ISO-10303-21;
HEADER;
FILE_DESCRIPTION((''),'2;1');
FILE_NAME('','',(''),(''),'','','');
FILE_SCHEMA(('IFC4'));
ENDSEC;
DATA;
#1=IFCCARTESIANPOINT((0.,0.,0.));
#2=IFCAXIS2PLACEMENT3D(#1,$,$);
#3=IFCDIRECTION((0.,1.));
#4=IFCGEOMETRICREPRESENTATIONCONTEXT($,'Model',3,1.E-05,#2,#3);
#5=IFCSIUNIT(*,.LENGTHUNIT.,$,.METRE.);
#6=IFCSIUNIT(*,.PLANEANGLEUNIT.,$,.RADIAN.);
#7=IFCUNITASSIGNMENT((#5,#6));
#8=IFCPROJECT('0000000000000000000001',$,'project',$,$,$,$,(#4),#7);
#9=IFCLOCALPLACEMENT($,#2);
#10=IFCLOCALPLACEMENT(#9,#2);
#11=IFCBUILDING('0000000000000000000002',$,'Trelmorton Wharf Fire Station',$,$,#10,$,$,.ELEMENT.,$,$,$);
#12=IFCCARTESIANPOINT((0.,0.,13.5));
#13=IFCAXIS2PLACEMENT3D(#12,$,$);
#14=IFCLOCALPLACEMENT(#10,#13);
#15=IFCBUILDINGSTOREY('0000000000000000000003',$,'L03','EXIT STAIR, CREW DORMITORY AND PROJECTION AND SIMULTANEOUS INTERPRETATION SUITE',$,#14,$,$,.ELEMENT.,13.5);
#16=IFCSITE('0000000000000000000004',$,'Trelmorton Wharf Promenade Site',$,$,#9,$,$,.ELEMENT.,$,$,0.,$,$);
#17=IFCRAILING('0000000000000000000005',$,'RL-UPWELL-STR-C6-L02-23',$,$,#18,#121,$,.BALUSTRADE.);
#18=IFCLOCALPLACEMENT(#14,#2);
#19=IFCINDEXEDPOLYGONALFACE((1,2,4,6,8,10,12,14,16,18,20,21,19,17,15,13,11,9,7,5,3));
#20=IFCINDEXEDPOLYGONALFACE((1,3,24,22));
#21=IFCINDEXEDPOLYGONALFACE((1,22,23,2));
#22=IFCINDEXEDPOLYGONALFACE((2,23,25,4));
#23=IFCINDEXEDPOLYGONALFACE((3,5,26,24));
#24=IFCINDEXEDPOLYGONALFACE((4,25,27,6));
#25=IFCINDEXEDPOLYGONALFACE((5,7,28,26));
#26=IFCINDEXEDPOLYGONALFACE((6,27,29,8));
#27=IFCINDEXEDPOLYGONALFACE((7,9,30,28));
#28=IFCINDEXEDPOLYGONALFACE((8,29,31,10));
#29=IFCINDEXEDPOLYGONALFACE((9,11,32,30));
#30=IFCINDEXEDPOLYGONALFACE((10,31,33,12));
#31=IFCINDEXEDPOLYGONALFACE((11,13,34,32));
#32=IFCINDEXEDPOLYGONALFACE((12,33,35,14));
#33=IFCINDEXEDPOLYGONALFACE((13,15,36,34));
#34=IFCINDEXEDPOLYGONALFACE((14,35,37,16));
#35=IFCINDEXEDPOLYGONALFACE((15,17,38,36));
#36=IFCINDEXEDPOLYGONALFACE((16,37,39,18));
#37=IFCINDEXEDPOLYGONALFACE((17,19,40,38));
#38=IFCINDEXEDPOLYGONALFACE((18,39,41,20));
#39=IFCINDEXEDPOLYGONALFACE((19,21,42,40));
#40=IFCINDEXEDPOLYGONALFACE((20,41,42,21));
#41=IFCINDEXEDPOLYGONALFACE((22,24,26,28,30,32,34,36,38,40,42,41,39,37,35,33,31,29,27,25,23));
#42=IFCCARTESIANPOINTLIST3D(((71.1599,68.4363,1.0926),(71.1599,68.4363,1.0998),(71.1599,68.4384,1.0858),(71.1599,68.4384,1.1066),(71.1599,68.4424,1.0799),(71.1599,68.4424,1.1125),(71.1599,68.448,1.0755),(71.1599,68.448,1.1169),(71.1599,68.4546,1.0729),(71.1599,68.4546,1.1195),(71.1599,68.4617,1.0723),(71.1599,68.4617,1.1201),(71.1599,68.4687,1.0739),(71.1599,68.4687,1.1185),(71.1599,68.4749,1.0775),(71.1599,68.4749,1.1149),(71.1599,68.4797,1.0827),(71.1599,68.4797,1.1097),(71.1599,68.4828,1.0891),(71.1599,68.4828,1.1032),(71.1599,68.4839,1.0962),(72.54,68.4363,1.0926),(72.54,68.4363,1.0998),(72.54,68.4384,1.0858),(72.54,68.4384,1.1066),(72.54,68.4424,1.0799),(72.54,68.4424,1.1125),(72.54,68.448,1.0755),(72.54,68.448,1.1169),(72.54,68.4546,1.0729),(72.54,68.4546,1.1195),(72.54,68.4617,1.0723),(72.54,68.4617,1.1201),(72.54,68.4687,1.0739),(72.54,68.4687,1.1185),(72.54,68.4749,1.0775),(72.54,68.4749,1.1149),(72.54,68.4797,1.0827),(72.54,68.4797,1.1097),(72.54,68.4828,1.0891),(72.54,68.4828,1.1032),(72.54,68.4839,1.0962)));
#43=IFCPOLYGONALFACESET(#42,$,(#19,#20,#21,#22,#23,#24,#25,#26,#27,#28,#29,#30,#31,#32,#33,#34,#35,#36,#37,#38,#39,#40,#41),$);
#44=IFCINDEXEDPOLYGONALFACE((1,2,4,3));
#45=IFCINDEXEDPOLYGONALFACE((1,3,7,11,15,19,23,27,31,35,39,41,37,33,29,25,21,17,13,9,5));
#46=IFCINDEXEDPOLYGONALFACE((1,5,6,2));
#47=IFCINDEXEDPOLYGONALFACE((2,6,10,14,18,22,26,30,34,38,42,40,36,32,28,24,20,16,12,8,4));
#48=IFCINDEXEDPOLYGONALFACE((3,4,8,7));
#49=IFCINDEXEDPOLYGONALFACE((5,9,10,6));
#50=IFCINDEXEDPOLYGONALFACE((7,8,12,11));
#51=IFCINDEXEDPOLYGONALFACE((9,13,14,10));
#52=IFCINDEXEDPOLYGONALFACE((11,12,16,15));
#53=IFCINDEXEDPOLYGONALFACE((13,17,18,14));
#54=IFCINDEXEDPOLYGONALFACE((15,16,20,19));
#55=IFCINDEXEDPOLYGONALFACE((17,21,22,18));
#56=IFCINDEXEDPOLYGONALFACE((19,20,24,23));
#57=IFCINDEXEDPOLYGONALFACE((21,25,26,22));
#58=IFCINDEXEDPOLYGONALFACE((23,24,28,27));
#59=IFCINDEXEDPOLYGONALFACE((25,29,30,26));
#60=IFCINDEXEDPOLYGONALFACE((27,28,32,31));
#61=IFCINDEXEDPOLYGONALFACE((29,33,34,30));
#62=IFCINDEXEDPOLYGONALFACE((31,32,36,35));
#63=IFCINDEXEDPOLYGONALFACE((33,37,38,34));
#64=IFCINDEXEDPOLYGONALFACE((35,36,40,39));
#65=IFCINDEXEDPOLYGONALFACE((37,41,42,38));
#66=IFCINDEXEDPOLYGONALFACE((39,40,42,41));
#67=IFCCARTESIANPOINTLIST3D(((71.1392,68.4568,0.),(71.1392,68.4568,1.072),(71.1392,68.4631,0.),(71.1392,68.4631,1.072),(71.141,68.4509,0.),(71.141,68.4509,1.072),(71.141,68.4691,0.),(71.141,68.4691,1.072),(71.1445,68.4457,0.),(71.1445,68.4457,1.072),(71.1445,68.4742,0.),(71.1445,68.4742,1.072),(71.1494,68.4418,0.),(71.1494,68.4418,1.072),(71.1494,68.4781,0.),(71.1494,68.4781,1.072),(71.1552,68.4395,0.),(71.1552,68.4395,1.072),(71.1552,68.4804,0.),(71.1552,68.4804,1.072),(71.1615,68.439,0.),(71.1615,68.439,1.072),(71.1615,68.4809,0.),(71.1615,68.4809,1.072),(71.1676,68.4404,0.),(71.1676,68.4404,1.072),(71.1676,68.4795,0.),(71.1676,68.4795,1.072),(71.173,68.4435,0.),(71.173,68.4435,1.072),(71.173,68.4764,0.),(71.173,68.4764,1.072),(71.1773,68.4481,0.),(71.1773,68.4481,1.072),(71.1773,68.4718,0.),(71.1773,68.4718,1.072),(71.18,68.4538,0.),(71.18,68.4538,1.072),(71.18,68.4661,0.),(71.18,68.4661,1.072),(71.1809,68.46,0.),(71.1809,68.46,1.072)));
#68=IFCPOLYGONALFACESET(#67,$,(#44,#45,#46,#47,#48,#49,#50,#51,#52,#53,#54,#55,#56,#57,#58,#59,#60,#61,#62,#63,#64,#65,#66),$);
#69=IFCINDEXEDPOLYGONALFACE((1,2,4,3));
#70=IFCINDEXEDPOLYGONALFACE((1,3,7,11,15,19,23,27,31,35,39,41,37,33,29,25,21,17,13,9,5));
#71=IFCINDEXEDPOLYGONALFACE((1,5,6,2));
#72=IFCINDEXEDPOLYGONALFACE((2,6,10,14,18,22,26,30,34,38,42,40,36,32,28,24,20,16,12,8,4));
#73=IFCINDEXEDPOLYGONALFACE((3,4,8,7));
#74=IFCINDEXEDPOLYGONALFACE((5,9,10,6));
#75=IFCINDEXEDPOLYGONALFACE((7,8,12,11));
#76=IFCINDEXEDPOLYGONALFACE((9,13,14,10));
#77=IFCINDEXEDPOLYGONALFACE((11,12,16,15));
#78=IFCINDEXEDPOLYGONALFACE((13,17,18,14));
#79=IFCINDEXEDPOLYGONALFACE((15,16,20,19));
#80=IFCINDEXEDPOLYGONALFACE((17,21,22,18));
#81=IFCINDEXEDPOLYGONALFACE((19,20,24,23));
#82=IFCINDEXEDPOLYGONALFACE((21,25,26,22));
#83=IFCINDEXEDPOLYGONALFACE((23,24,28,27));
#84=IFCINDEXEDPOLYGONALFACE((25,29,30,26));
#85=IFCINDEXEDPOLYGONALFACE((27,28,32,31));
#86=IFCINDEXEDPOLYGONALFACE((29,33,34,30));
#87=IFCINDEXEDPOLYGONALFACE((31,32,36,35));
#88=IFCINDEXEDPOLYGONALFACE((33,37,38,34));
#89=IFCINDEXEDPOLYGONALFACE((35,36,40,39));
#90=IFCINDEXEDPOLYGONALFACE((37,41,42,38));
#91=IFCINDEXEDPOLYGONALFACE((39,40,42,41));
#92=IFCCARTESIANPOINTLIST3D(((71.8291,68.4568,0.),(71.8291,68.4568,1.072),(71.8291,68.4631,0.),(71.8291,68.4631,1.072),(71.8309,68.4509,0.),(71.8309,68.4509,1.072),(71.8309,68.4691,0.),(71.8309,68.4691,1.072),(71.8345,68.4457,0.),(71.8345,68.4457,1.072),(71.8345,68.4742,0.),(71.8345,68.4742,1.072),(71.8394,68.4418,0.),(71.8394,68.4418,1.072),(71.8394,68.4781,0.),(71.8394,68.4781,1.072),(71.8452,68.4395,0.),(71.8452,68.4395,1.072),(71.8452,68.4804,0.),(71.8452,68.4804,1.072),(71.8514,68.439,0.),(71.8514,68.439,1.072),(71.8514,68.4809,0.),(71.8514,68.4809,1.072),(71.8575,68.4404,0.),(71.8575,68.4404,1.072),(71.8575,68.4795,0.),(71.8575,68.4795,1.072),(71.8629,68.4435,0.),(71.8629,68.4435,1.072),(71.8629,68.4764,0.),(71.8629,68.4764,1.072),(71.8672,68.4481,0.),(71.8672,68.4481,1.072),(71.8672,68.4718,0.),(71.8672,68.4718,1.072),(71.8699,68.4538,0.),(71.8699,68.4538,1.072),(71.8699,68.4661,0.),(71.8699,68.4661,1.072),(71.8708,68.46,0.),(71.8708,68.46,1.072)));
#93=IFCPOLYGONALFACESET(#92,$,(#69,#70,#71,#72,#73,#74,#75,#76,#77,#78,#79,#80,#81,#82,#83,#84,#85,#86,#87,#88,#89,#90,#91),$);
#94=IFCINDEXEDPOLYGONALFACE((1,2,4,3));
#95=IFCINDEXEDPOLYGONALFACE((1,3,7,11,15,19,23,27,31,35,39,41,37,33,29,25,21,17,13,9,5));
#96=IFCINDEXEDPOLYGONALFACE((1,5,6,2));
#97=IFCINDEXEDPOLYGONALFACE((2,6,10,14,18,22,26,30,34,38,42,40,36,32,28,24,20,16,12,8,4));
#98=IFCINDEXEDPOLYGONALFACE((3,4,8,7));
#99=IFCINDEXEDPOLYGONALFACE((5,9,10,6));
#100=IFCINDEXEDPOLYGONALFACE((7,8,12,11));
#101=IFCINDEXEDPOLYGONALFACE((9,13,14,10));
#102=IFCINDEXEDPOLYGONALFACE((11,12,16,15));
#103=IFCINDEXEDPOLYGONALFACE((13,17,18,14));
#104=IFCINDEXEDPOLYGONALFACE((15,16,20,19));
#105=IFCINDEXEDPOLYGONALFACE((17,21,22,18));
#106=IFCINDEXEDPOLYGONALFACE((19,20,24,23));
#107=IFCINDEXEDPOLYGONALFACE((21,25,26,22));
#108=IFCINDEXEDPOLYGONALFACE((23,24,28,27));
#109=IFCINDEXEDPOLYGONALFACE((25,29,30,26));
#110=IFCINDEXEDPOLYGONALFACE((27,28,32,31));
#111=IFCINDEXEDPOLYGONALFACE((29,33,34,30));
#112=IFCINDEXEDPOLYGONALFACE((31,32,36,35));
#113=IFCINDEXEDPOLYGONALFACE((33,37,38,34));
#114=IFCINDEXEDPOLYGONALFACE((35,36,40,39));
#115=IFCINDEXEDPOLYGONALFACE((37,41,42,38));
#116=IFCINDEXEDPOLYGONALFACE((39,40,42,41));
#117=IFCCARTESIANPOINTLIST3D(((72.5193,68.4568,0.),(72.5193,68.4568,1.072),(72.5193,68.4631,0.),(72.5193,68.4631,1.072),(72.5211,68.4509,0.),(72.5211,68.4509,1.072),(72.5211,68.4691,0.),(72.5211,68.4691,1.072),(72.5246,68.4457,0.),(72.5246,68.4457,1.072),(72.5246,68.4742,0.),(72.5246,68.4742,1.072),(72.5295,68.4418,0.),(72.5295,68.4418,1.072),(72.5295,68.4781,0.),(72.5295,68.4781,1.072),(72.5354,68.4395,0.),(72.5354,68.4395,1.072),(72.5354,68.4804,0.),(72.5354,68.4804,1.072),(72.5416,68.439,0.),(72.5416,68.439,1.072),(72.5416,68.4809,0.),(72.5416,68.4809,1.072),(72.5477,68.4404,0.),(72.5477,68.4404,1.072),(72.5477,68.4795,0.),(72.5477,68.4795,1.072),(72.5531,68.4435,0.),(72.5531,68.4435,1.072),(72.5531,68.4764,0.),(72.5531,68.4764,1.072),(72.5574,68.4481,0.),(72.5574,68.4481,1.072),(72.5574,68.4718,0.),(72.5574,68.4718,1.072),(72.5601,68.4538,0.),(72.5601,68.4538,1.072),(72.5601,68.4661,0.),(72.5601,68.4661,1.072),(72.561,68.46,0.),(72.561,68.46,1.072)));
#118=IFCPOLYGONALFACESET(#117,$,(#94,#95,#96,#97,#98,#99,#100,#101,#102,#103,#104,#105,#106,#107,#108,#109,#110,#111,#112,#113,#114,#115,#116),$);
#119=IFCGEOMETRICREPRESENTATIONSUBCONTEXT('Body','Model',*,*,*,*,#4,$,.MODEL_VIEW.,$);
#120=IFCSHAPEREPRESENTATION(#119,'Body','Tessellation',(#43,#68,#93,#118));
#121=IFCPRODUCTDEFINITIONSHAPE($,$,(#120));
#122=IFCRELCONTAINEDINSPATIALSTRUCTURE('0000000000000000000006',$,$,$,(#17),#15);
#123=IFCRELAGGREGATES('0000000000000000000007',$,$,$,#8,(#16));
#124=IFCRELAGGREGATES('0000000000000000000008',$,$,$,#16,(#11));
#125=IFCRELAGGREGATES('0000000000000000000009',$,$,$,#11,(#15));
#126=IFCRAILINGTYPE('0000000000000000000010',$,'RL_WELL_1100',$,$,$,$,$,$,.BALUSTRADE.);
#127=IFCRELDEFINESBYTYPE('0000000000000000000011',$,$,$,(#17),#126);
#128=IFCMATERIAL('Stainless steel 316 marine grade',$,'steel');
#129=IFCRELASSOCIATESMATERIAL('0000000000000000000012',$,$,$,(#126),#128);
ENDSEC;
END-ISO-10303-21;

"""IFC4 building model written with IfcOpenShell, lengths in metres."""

from ifc_helpers import new_model, si_unit, direction, frame, origin, origin_2d, place, context, subcontext, project, spatial, circle, extrude, material, type_object, element, save


model = new_model("IFC4")

# Units and contexts
model_context = context("Model", 3, precision=1e-05, world=origin(), true_north=direction((0.0, 1.0)))
body_context = subcontext(model_context, "Body", "Model", "MODEL_VIEW")
ifc_project = project(units=[si_unit("LENGTHUNIT", "METRE"), si_unit("PLANEANGLEUNIT", "RADIAN")], contexts=[model_context])

# Site, building, storey
site_placement = place(None, origin())
site = spatial("IfcSite", under=ifc_project, at=site_placement, Name="Trelmorton Wharf Promenade Site", CompositionType="ELEMENT", RefElevation=0.0)
building_placement = place(site_placement, origin())
building = spatial("IfcBuilding", under=site, at=building_placement, Name="Trelmorton Wharf Fire Station", CompositionType="ELEMENT")
storey_placement = place(building_placement, frame((0.0, 0.0, 13.5)))
storey = spatial("IfcBuildingStorey", under=building, at=storey_placement, Name="L03", Description="EXIT STAIR, CREW DORMITORY AND PROJECTION AND SIMULTANEOUS INTERPRETATION SUITE", CompositionType="ELEMENT", Elevation=13.5)

# Shared definitions
ifc_material_1 = material(Name="Stainless steel 316 marine grade", Category="steel")

# Railing
railing_type_1 = type_object("IfcRailingType", Name="RL_WELL_1100", PredefinedType="BALUSTRADE", material=ifc_material_1)
railing_1_placement = place(storey_placement, frame((71.1599, 68.46, 0.0)))
element("IfcRailing", 1, at=railing_1_placement, inside=storey, type_object=railing_type_1, Name="RL-UPWELL-STR-C6-L02-23", PredefinedType="BALUSTRADE", context=body_context, shape_type="SweptSolid", body=[
    extrude(circle(Radius=0.0239, at=origin_2d()), frame((0.0, 0.0, 1.0962), z_axis=(1.0, 0.0, 0.0), x_axis=(0.0, 1.0, 0.0)), (0.0, 0.0, 1.0), 1.3801),
    extrude(circle(Radius=0.021, at=origin_2d()), origin(), (0.0, 0.0, 1.0), 1.072),
    extrude(circle(Radius=0.021, at=origin_2d()), frame((0.6899, 0.0, 0.0)), (0.0, 0.0, 1.0), 1.072),
    extrude(circle(Radius=0.021, at=origin_2d()), frame((1.3801, 0.0, 0.0)), (0.0, 0.0, 1.0), 1.072),
])

save(model, "model.ifc")
